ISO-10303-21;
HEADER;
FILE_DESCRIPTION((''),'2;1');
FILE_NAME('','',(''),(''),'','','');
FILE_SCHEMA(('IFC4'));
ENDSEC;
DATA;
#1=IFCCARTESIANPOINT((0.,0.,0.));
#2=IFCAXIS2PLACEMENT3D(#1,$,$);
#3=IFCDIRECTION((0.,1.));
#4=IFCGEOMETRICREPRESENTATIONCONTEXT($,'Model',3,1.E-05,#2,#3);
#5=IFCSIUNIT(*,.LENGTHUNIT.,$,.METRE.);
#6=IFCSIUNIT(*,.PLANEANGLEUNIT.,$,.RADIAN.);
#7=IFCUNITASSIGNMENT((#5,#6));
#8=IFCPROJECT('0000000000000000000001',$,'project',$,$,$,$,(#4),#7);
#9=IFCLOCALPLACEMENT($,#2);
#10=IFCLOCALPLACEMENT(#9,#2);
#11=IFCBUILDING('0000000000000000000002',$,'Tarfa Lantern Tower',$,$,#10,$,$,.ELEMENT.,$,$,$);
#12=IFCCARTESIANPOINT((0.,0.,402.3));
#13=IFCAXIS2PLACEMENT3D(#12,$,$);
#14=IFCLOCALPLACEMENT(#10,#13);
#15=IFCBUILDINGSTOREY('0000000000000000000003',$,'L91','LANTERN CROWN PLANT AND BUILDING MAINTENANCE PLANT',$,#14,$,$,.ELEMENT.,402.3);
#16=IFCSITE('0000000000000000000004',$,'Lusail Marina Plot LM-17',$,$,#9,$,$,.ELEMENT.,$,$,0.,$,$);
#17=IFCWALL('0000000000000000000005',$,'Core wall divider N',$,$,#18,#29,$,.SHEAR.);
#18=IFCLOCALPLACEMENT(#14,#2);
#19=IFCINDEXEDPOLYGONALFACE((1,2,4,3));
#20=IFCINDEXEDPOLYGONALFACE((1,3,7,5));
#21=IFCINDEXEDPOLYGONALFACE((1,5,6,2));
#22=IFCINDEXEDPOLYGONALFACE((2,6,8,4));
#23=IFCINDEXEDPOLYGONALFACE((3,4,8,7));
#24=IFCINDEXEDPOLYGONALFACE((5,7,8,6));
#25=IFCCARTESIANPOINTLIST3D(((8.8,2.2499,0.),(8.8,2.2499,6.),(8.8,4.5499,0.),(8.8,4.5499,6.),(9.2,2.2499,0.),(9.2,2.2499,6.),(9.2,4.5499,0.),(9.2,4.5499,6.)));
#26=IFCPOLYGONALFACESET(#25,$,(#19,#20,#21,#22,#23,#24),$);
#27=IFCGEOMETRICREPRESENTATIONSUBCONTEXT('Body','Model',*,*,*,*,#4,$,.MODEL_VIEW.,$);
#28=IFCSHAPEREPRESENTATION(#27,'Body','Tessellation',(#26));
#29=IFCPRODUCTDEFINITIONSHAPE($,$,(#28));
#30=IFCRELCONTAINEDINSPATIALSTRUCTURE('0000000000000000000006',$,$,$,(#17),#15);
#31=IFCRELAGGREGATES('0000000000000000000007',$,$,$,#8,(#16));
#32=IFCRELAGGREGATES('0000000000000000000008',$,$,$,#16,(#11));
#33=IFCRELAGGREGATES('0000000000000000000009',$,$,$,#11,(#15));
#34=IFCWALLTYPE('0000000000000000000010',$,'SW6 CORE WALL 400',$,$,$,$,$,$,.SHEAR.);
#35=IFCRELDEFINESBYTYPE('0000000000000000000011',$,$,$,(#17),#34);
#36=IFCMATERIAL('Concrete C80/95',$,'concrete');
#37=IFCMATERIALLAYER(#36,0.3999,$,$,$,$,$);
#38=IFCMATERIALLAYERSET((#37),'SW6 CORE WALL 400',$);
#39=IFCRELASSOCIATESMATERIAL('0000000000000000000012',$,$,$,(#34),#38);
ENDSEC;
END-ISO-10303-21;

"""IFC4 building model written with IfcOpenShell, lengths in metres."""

from ifc_helpers import new_model, si_unit, direction, frame, frame_2d, origin, place, context, subcontext, project, spatial, rectangle, extrude, material, layer, layer_set, type_object, element, save


model = new_model("IFC4")

# Units and contexts
model_context = context("Model", 3, precision=1e-05, world=origin(), true_north=direction((0.0, 1.0)))
body_context = subcontext(model_context, "Body", "Model", "MODEL_VIEW")
ifc_project = project(units=[si_unit("LENGTHUNIT", "METRE"), si_unit("PLANEANGLEUNIT", "RADIAN")], contexts=[model_context])

# Site, building, storey
site_placement = place(None, origin())
site = spatial("IfcSite", under=ifc_project, at=site_placement, Name="Lusail Marina Plot LM-17", CompositionType="ELEMENT", RefElevation=0.0)
building_placement = place(site_placement, origin())
building = spatial("IfcBuilding", under=site, at=building_placement, Name="Tarfa Lantern Tower", CompositionType="ELEMENT")
storey_placement = place(building_placement, frame((0.0, 0.0, 402.3)))
storey = spatial("IfcBuildingStorey", under=building, at=storey_placement, Name="L91", Description="LANTERN CROWN PLANT AND BUILDING MAINTENANCE PLANT", CompositionType="ELEMENT", Elevation=402.3)

# Shared definitions
ifc_material_1 = material(Name="Concrete C80/95", Category="concrete")

# Wall
ifc_layer_1 = layer(ifc_material_1, 0.3999)
ifc_layer_set_1 = layer_set([ifc_layer_1], Name="SW6 CORE WALL 400")
wall_type_1 = type_object("IfcWallType", Name="SW6 CORE WALL 400", PredefinedType="SHEAR", material=ifc_layer_set_1)
wall_1_placement = place(storey_placement, frame((9.0, 2.25, 0.0), z_axis=(0.0, 0.0, 1.0), x_axis=(0.0, 1.0, 0.0)))
element("IfcWall", 1, at=wall_1_placement, inside=storey, type_object=wall_type_1, Name="Core wall divider N", PredefinedType="SHEAR", context=body_context, shape_type="SweptSolid", body=[
    extrude(rectangle(XDim=2.3, YDim=0.3999, at=frame_2d((1.1499, 0.0))), origin(), (0.0, 0.0, 1.0), 6.0),
])

save(model, "model.ifc")
